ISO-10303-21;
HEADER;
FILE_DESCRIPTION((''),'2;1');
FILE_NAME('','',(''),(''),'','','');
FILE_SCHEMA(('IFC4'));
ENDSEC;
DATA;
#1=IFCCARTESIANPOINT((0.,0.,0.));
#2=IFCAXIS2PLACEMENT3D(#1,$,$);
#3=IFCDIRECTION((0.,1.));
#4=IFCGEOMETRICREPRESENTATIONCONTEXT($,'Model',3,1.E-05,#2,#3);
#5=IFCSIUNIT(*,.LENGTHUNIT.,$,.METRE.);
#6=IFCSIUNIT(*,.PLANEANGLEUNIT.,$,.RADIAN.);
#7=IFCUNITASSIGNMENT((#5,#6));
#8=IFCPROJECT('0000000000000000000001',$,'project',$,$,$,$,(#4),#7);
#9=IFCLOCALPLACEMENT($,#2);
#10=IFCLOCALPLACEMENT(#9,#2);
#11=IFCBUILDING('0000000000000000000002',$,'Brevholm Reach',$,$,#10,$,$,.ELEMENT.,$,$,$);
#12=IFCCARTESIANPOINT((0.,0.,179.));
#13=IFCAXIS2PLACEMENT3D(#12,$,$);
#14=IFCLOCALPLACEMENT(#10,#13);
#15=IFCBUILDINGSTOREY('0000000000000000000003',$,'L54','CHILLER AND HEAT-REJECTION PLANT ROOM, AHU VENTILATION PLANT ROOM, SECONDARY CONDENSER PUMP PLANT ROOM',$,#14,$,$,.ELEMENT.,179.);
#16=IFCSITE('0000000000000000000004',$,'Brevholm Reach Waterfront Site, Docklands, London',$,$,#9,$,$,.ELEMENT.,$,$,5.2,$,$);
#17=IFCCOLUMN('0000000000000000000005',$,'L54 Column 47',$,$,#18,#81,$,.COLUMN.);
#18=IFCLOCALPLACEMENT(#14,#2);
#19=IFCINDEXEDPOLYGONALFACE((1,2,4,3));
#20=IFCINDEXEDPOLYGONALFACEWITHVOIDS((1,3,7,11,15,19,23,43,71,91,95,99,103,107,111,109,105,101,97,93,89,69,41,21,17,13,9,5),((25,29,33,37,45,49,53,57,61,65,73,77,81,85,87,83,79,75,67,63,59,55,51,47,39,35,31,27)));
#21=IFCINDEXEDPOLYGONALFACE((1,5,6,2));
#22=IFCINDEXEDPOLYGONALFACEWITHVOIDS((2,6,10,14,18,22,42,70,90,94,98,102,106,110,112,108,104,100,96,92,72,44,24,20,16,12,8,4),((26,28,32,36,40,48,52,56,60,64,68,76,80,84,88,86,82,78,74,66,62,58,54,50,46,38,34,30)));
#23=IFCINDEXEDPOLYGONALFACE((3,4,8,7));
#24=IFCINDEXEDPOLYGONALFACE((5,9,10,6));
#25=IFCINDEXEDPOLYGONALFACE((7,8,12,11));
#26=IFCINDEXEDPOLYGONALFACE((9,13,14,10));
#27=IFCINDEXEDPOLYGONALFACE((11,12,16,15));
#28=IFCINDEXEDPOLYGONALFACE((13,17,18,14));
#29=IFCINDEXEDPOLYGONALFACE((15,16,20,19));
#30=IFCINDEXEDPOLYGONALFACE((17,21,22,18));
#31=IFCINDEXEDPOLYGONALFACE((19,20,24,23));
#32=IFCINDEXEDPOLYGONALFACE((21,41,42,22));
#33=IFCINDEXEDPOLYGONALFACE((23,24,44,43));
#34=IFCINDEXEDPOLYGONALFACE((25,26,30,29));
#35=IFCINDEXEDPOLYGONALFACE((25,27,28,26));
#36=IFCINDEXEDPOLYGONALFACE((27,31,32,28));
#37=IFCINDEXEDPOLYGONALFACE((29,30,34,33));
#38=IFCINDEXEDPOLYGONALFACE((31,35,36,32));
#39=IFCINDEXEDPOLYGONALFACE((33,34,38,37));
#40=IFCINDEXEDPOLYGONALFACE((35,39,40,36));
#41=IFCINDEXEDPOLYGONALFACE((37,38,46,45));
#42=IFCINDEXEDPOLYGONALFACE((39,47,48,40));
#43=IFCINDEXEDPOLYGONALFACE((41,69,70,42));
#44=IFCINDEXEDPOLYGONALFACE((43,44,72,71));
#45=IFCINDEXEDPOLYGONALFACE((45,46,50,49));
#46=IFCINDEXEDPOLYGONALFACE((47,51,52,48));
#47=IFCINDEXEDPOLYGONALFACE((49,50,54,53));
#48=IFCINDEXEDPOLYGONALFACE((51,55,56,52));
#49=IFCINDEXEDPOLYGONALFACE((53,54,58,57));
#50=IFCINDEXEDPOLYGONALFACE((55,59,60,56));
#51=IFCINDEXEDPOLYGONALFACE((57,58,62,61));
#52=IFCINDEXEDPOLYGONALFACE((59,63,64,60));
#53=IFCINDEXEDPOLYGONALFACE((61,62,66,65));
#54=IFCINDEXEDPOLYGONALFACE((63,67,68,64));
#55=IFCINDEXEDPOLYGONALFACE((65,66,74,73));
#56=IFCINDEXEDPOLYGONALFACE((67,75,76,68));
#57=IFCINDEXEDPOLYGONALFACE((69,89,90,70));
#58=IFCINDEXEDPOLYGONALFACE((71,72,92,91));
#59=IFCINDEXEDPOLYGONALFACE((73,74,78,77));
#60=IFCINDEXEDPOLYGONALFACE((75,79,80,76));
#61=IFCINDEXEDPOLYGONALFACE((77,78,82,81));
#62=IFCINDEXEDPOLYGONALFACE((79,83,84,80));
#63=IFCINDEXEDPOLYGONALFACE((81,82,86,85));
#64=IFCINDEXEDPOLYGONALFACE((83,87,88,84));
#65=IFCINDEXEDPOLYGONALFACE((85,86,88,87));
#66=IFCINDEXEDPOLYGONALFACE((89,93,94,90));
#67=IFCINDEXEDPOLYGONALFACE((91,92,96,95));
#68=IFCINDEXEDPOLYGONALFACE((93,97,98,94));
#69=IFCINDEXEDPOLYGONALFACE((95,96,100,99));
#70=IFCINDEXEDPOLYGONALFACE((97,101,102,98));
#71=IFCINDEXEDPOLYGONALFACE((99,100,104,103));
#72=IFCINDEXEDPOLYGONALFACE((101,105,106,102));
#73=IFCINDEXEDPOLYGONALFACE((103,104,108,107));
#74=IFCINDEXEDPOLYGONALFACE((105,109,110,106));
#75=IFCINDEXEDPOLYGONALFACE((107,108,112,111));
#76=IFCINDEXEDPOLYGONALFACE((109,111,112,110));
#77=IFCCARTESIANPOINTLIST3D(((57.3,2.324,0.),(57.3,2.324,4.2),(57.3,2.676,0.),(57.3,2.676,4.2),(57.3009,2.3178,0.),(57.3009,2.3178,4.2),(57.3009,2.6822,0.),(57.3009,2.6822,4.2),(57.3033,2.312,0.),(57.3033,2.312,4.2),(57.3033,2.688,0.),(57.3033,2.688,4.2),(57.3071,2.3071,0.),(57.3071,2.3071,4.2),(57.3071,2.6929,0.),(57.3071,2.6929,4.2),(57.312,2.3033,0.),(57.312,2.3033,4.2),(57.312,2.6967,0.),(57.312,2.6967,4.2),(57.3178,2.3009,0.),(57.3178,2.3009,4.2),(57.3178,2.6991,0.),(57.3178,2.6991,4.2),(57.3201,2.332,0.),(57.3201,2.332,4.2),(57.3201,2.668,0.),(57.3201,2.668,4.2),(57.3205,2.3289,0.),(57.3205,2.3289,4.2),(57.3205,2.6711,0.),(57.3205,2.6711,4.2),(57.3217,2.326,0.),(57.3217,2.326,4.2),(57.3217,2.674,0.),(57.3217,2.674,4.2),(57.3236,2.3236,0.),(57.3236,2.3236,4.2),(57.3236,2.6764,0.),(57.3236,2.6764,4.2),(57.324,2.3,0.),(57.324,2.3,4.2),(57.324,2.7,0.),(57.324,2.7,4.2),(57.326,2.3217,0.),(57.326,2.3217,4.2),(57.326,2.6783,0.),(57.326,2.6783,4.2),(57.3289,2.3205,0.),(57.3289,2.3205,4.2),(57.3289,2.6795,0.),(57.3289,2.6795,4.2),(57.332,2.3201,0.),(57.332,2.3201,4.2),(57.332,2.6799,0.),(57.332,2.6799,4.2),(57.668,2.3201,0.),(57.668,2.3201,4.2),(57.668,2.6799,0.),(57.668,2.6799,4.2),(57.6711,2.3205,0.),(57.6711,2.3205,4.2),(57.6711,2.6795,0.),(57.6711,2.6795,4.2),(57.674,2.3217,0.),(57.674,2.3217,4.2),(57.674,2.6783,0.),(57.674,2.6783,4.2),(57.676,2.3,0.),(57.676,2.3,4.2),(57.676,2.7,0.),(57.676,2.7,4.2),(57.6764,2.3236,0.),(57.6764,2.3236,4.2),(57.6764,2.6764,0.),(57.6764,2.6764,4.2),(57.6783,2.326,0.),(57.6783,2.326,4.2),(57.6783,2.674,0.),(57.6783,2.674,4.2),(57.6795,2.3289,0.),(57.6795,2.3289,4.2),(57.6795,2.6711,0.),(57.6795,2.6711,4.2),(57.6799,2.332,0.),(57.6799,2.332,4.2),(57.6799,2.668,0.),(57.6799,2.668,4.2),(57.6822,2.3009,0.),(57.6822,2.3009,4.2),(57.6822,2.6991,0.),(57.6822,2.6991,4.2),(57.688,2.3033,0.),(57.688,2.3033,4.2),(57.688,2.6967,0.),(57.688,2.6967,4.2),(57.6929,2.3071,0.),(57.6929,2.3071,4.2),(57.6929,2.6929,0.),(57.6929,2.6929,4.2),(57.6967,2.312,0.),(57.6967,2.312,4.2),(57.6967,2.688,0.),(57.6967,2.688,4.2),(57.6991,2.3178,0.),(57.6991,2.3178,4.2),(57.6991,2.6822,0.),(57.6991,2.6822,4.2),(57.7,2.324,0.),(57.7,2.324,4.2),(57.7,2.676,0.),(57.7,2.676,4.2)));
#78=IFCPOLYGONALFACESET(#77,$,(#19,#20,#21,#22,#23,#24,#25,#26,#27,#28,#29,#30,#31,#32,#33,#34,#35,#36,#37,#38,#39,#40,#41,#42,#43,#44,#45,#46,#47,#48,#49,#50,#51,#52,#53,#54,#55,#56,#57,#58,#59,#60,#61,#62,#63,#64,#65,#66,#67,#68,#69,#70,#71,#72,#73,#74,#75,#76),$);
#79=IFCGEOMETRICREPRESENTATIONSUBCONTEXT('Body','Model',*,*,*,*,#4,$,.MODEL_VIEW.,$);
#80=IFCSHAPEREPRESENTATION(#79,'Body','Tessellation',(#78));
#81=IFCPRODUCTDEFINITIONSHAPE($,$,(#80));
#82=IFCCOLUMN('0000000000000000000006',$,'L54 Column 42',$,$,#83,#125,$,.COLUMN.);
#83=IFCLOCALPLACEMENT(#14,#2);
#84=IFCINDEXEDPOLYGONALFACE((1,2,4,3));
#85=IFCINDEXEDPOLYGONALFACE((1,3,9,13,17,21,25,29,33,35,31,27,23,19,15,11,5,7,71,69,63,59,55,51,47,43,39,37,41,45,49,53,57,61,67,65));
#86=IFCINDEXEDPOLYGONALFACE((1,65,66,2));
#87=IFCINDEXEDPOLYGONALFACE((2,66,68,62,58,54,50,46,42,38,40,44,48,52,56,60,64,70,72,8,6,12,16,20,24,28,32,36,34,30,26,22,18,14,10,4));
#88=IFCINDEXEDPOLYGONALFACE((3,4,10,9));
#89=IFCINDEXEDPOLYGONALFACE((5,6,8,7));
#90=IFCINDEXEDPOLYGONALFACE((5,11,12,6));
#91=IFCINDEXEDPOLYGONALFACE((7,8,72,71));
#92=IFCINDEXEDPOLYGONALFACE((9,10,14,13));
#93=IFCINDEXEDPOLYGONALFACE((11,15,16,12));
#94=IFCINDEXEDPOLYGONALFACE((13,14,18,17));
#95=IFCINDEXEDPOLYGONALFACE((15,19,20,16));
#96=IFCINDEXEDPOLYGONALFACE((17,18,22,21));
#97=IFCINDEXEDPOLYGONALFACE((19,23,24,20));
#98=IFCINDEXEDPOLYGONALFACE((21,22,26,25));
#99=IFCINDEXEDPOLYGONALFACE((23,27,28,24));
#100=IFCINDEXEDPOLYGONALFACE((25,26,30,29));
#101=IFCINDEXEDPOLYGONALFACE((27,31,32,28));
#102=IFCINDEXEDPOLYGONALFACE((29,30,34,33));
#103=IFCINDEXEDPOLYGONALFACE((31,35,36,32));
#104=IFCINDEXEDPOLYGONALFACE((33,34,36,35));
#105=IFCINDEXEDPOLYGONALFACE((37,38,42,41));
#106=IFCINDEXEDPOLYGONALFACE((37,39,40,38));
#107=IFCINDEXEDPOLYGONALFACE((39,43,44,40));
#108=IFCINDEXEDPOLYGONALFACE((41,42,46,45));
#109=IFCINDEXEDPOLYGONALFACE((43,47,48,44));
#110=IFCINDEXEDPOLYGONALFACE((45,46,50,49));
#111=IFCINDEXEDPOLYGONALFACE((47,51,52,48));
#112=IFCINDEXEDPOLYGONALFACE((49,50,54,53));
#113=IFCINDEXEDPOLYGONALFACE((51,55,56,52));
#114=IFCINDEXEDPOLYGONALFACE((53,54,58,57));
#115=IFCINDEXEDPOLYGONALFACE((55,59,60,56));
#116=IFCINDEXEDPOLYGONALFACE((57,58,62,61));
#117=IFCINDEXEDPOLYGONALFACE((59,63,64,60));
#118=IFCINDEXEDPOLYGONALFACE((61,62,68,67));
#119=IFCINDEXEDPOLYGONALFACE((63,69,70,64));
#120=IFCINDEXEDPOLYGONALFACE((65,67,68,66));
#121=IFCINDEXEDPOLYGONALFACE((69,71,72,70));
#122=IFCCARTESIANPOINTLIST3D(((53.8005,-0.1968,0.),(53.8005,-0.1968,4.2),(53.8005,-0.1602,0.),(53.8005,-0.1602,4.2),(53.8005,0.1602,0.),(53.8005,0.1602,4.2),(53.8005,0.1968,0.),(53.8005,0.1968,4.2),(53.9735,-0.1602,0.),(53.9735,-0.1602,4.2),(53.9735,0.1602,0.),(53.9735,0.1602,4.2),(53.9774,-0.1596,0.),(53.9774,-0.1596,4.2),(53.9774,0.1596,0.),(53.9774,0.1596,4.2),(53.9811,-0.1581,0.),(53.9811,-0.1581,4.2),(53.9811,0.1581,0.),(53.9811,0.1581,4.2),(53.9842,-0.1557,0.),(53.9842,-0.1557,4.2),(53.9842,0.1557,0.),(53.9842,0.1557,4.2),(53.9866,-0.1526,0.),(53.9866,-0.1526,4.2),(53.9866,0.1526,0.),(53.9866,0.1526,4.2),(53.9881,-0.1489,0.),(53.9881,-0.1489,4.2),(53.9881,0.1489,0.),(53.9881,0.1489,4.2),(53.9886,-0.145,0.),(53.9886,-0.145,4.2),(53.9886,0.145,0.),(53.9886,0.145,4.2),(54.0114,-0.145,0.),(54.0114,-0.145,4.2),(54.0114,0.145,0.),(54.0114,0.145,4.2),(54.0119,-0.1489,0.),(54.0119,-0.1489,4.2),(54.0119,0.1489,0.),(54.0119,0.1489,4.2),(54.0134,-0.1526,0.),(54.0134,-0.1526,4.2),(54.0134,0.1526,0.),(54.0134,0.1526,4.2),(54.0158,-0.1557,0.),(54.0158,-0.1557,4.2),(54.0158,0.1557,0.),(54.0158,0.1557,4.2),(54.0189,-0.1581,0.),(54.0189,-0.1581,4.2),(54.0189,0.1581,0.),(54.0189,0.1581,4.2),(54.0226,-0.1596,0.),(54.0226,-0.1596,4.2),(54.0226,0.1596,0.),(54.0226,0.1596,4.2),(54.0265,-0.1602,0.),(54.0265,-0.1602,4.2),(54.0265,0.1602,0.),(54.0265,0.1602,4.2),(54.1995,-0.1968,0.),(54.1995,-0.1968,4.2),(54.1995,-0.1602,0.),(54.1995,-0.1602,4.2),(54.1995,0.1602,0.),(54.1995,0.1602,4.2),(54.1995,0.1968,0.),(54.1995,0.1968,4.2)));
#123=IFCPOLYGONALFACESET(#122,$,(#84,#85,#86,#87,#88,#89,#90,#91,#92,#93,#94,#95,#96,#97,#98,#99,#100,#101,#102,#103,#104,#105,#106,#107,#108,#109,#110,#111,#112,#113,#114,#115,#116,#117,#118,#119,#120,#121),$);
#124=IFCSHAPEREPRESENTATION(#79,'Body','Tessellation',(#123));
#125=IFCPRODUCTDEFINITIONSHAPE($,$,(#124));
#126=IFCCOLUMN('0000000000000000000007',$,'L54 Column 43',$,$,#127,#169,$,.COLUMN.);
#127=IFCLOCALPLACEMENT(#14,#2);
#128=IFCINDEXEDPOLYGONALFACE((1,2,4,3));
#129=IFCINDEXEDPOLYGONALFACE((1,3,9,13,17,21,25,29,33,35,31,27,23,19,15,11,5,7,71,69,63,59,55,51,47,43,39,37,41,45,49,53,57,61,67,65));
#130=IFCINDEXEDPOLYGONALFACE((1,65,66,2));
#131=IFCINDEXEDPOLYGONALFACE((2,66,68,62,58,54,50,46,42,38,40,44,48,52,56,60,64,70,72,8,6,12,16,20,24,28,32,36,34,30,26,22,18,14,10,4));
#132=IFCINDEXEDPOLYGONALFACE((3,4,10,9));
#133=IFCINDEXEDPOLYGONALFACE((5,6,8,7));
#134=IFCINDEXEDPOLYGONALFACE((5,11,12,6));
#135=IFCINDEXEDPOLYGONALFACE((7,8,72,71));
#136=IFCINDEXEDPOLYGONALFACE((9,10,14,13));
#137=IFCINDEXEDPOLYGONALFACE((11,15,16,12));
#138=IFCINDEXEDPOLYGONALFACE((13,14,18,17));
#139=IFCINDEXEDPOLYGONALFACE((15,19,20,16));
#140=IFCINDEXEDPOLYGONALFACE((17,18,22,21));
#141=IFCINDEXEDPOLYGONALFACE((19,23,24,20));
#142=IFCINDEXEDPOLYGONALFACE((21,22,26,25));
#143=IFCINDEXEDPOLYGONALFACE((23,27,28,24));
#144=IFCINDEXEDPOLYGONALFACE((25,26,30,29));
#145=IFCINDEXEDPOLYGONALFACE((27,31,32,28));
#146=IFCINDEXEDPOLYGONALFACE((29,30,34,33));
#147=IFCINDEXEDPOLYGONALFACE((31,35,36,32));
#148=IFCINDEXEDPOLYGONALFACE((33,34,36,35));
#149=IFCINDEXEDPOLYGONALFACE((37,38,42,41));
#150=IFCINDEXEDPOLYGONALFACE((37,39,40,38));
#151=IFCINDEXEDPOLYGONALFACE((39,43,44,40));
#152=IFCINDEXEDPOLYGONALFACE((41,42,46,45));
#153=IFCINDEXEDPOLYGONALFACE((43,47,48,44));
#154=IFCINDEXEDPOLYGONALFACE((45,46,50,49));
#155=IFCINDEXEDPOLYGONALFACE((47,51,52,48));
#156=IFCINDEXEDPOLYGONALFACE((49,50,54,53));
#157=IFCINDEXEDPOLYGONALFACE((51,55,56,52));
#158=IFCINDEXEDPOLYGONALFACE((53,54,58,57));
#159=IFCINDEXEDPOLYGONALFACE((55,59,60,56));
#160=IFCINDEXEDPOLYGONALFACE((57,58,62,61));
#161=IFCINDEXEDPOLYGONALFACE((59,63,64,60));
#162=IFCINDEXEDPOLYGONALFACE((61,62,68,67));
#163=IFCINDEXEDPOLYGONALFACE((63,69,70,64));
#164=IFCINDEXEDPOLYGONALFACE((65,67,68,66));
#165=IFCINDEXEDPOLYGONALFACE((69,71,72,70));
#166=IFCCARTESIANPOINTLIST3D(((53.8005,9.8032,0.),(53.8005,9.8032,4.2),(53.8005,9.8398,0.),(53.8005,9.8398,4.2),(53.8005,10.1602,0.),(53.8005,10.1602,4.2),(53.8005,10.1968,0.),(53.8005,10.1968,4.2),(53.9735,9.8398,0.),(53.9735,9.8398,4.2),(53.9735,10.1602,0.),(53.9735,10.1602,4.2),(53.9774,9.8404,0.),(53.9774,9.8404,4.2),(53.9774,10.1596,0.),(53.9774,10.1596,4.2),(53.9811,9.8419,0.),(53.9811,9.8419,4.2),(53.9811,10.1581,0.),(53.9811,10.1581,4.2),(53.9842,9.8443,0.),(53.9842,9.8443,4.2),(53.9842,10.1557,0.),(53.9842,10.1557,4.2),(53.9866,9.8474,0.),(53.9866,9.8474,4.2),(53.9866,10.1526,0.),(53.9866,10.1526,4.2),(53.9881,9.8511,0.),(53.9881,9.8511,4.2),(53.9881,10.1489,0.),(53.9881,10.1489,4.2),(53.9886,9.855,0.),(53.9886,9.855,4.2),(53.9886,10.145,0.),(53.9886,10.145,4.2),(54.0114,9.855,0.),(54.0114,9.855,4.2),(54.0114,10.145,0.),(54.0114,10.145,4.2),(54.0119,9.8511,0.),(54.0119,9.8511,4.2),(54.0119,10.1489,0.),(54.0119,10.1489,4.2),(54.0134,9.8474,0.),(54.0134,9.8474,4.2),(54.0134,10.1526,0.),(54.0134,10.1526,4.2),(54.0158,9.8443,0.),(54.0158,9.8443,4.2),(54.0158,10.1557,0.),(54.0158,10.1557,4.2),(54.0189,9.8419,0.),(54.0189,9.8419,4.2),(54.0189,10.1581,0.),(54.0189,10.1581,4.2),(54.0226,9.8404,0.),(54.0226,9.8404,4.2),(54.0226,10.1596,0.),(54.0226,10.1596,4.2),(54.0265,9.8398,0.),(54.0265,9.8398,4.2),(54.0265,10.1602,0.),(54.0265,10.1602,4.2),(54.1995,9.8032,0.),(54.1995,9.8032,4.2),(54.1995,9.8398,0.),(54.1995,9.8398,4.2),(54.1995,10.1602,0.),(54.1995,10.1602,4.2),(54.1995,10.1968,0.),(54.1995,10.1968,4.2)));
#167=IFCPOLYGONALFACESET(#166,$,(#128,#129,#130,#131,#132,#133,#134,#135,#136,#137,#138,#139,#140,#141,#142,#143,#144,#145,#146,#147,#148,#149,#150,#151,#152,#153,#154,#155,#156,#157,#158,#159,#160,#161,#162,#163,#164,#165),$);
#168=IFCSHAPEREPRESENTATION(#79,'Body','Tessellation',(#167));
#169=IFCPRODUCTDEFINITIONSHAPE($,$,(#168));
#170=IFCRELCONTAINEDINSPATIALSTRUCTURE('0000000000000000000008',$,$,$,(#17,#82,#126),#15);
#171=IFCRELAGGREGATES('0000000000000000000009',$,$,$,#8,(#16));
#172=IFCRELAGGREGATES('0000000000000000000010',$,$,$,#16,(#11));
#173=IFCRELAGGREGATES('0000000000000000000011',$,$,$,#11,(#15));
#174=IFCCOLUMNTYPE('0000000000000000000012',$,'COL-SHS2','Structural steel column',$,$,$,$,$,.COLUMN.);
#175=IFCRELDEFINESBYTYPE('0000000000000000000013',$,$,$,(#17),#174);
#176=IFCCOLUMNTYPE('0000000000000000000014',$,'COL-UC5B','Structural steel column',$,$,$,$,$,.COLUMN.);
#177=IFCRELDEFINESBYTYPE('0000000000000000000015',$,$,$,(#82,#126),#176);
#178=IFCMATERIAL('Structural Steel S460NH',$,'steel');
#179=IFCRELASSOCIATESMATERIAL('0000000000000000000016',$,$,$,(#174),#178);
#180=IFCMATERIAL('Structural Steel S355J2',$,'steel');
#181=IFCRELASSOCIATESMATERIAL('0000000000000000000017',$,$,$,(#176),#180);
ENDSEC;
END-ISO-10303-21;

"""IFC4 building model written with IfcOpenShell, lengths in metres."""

from ifc_helpers import new_model, si_unit, direction, frame, origin, origin_2d, place, context, subcontext, project, spatial, hollow_rectangle, i_section, extrude, material, material_profile, profile_set, type_object, element, save


model = new_model("IFC4")

# Units and contexts
model_context = context("Model", 3, precision=1e-05, world=origin(), true_north=direction((0.0, 1.0)))
body_context = subcontext(model_context, "Body", "Model", "MODEL_VIEW")
ifc_project = project(units=[si_unit("LENGTHUNIT", "METRE"), si_unit("PLANEANGLEUNIT", "RADIAN")], contexts=[model_context])

# Site, building, storey
site_placement = place(None, origin())
site = spatial("IfcSite", under=ifc_project, at=site_placement, Name="Brevholm Reach Waterfront Site, Docklands, London", CompositionType="ELEMENT", RefElevation=5.2)
building_placement = place(site_placement, origin())
building = spatial("IfcBuilding", under=site, at=building_placement, Name="Brevholm Reach", CompositionType="ELEMENT")
storey_placement = place(building_placement, frame((0.0, 0.0, 179.0)))
storey = spatial("IfcBuildingStorey", under=building, at=storey_placement, Name="L54", Description="CHILLER AND HEAT-REJECTION PLANT ROOM, AHU VENTILATION PLANT ROOM, SECONDARY CONDENSER PUMP PLANT ROOM", CompositionType="ELEMENT", Elevation=179.0)

# Columns
ifc_material_1 = material(Name="Structural Steel S460NH", Category="steel")
ifc_material_profile_1 = material_profile(ifc_material_1, hollow_rectangle(XDim=0.3999, YDim=0.3999, WallThickness=0.02, InnerFilletRadius=0.012, OuterFilletRadius=0.0239, at=origin_2d()), Name="SHS 400x400x20")
ifc_profile_set_1 = profile_set([ifc_material_profile_1], Name="Structural Steel S460NH")
column_type_1 = type_object("IfcColumnType", Name="COL-SHS2", Description="Structural steel column", PredefinedType="COLUMN", material=ifc_profile_set_1)
column_placement = place(storey_placement, frame((57.5, 2.5, 0.0), z_axis=(0.0, 0.0, 1.0), x_axis=(1.0, 0.0, 0.0)))
element("IfcColumn", 1, at=column_placement, inside=storey, type_object=column_type_1, Name="L54 Column 47", PredefinedType="COLUMN", context=body_context, shape_type="SweptSolid", body=[
    extrude(hollow_rectangle(XDim=0.3999, YDim=0.3999, WallThickness=0.02, InnerFilletRadius=0.012, OuterFilletRadius=0.0239, at=origin_2d()), origin(), (0.0, 0.0, 1.0), 4.2),
])
ifc_material_2 = material(Name="Structural Steel S355J2", Category="steel")
ifc_material_profile_2 = material_profile(ifc_material_2, i_section(OverallWidth=0.3989, OverallDepth=0.3936, WebThickness=0.0227, FlangeThickness=0.0366, FilletRadius=0.0151, at=origin_2d()), Name="UKC 356x406x287")
ifc_profile_set_2 = profile_set([ifc_material_profile_2], Name="Structural Steel S355J2")
column_type_2 = type_object("IfcColumnType", Name="COL-UC5B", Description="Structural steel column", PredefinedType="COLUMN", material=ifc_profile_set_2)
for number, where, z_axis, x_axis, name in (
    (2, (54.0, 0.0, 0.0), (0.0, 0.0, 1.0), (1.0, 0.0, 0.0), "L54 Column 42"),
    (3, (54.0, 10.0, 0.0), (0.0, 0.0, 1.0), (1.0, 0.0, 0.0), "L54 Column 43"),
):
    element("IfcColumn", number, at=place(storey_placement, frame(where, z_axis=z_axis, x_axis=x_axis)), inside=storey, type_object=column_type_2, Name=name, PredefinedType="COLUMN", context=body_context, shape_type="SweptSolid", body=[
        extrude(i_section(OverallWidth=0.3989, OverallDepth=0.3936, WebThickness=0.0227, FlangeThickness=0.0366, FilletRadius=0.0151, at=origin_2d()), origin(), (0.0, 0.0, 1.0), 4.2),
    ])

save(model, "model.ifc")
